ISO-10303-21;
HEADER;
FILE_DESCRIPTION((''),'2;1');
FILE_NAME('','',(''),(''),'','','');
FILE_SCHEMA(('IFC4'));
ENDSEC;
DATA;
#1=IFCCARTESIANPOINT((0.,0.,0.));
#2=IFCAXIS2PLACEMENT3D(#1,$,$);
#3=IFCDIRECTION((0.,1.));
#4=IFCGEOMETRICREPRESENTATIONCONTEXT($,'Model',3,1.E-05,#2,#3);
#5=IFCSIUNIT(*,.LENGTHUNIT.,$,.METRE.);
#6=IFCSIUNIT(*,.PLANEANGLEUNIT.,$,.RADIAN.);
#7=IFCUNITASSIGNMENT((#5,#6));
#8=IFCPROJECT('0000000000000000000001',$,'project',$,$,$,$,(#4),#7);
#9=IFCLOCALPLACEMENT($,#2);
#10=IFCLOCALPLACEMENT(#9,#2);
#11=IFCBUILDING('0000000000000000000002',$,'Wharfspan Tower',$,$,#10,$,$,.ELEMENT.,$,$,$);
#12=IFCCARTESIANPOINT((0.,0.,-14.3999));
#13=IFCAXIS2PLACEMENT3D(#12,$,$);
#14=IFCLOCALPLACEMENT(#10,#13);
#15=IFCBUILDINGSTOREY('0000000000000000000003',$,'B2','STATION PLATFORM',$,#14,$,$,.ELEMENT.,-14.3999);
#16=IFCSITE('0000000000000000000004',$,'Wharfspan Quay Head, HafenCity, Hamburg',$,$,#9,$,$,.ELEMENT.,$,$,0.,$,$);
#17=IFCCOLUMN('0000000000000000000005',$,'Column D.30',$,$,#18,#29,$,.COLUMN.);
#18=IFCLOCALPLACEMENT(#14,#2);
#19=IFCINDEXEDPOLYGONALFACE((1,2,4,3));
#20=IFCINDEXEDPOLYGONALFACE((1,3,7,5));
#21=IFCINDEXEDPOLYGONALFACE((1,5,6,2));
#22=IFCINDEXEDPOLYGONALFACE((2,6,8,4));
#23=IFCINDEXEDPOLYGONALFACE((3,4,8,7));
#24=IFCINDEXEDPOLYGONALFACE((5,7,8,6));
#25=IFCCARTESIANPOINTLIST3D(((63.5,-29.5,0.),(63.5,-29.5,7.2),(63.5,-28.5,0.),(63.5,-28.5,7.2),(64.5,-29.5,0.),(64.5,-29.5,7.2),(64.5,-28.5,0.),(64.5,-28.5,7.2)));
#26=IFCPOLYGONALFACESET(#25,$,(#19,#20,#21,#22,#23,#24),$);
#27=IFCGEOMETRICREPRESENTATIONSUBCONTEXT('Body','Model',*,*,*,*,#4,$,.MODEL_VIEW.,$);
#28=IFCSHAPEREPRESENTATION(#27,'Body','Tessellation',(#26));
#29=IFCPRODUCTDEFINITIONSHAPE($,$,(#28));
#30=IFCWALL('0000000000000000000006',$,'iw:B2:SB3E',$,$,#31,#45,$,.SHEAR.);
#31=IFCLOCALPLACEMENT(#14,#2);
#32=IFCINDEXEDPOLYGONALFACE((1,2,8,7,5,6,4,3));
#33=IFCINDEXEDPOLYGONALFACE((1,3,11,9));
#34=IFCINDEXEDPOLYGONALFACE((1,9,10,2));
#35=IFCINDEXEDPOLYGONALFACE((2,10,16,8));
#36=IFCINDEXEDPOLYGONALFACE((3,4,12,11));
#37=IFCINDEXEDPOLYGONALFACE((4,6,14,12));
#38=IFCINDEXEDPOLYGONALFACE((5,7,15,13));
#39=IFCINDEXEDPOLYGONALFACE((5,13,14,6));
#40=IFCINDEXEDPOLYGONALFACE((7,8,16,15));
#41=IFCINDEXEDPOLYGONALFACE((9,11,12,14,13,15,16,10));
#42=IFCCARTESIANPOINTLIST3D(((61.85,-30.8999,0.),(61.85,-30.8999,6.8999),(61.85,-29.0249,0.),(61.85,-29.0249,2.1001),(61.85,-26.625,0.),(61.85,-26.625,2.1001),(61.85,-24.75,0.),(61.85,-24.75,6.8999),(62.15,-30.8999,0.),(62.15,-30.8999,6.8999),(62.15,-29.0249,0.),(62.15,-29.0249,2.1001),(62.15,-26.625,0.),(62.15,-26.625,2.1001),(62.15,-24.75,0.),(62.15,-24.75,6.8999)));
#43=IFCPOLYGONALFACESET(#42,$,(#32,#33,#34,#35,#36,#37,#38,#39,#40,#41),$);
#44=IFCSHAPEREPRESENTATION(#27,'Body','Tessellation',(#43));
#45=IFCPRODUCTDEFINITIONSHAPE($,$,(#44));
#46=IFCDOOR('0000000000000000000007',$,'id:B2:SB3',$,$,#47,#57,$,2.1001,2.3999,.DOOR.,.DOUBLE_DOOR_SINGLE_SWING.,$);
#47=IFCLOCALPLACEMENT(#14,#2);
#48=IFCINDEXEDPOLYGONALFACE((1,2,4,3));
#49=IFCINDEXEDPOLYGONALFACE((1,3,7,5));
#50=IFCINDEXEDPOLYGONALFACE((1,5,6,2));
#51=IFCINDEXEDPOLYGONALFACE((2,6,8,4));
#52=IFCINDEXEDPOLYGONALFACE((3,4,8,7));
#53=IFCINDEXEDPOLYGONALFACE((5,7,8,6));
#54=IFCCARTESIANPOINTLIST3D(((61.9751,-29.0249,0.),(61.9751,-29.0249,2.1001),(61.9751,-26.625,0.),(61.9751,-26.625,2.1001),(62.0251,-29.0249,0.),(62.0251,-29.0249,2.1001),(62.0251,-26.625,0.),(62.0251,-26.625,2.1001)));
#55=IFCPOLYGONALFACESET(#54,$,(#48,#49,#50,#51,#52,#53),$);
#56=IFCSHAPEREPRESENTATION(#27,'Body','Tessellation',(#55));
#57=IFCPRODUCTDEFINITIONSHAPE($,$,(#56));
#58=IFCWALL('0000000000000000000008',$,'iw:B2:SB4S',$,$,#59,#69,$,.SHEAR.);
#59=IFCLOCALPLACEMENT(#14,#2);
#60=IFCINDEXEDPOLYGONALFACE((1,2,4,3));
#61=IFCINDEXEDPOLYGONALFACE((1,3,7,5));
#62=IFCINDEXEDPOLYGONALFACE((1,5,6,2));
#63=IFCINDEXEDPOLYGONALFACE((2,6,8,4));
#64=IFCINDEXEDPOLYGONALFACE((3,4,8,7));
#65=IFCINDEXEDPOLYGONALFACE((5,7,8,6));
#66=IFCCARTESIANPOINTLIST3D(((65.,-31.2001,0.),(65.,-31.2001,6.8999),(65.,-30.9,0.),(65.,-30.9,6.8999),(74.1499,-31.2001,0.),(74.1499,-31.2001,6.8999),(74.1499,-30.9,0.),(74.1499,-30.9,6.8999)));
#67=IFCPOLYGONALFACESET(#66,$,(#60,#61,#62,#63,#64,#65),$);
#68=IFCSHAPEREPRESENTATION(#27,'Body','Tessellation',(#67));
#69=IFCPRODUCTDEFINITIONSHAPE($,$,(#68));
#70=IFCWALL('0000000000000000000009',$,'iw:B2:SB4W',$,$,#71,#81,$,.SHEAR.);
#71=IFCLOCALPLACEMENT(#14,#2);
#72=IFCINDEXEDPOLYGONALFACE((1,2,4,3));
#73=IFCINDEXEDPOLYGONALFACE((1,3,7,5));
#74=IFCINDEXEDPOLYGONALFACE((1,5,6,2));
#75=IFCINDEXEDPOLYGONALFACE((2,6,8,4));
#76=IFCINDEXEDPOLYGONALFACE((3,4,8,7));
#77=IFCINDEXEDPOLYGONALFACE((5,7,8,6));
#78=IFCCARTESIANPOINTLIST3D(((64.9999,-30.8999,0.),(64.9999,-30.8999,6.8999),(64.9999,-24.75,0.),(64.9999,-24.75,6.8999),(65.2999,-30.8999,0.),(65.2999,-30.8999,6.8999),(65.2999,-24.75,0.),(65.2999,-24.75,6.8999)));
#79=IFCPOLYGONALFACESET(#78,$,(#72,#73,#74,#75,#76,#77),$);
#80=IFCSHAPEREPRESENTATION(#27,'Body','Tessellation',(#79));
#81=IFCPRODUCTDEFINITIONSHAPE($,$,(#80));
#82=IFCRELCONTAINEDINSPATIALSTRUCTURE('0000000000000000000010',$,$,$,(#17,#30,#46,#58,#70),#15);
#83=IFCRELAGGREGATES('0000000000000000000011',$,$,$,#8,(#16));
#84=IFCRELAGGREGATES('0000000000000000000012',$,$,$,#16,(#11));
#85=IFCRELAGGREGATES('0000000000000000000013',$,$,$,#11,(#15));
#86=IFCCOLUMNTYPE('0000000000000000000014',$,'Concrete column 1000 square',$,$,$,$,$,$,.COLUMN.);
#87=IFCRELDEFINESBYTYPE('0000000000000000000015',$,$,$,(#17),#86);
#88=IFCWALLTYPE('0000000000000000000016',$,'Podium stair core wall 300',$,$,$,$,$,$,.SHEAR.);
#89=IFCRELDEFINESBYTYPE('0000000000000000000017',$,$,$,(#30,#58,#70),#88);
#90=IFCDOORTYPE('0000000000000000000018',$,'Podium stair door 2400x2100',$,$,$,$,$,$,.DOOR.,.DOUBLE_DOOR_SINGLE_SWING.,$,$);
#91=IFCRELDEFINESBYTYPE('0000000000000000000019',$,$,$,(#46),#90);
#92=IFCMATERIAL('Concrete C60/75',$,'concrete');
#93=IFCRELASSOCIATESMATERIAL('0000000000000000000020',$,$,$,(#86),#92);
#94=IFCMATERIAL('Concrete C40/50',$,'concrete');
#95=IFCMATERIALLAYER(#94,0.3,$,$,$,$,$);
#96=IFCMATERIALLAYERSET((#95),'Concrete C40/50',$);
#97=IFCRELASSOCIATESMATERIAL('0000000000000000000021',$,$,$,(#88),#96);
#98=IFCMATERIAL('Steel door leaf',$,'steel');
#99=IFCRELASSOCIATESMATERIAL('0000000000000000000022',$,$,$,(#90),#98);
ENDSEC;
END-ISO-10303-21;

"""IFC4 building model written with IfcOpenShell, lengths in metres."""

from ifc_helpers import new_model, si_unit, direction, frame, frame_2d, origin, origin_2d, place, context, subcontext, project, spatial, rectangle, extrude, material, layer, layer_set, material_profile, profile_set, type_object, element, fill, save


model = new_model("IFC4")

# Units and contexts
model_context = context("Model", 3, precision=1e-05, world=origin(), true_north=direction((0.0, 1.0)))
body_context = subcontext(model_context, "Body", "Model", "MODEL_VIEW")
ifc_project = project(units=[si_unit("LENGTHUNIT", "METRE"), si_unit("PLANEANGLEUNIT", "RADIAN")], contexts=[model_context])

# Site, building, storey
site_placement = place(None, origin())
site = spatial("IfcSite", under=ifc_project, at=site_placement, Name="Wharfspan Quay Head, HafenCity, Hamburg", CompositionType="ELEMENT", RefElevation=0.0)
building_placement = place(site_placement, origin())
building = spatial("IfcBuilding", under=site, at=building_placement, Name="Wharfspan Tower", CompositionType="ELEMENT")
storey_placement = place(building_placement, frame((0.0, 0.0, -14.3999)))
storey = spatial("IfcBuildingStorey", under=building, at=storey_placement, Name="B2", Description="STATION PLATFORM", CompositionType="ELEMENT", Elevation=-14.3999)

# Column
ifc_material_1 = material(Name="Concrete C60/75", Category="concrete")
ifc_material_profile = material_profile(ifc_material_1, rectangle(XDim=1.0, YDim=1.0, at=origin_2d()))
ifc_profile_set = profile_set([ifc_material_profile], Name="Concrete C60/75")
column_type = type_object("IfcColumnType", Name="Concrete column 1000 square", PredefinedType="COLUMN", material=ifc_profile_set)
column_placement = place(storey_placement, frame((64.0, -29.0, 0.0), z_axis=(0.0, 0.0, 1.0), x_axis=(1.0, 0.0, 0.0)))
element("IfcColumn", 1, at=column_placement, inside=storey, type_object=column_type, Name="Column D.30", PredefinedType="COLUMN", context=body_context, shape_type="SweptSolid", body=[
    extrude(rectangle(XDim=1.0, YDim=1.0, at=origin_2d()), origin(), (0.0, 0.0, 1.0), 7.2),
])

# Wall, opening, door
ifc_material_2 = material(Name="Concrete C40/50", Category="concrete")
ifc_layer = layer(ifc_material_2, 0.3)
ifc_layer_set = layer_set([ifc_layer], Name="Concrete C40/50")
wall_type = type_object("IfcWallType", Name="Podium stair core wall 300", PredefinedType="SHEAR", material=ifc_layer_set)
wall_1_placement = place(storey_placement, frame((62.0, -30.8999, 0.0), z_axis=(0.0, 0.0, 1.0), x_axis=(0.0, 1.0, 0.0)))
wall_1 = element("IfcWall", 2, at=wall_1_placement, inside=storey, type_object=wall_type, Name="iw:B2:SB3E", PredefinedType="SHEAR", context=body_context, shape_type="SweptSolid", body=[
    extrude(rectangle(XDim=6.1499, YDim=0.3, at=frame_2d((3.075, 0.0))), origin(), (0.0, 0.0, 1.0), 6.8999),
])
opening_placement = place(wall_1_placement, frame((1.875, 0.0, 0.0)))
opening = element("IfcOpeningElement", 3, at=opening_placement, cuts=wall_1, PredefinedType="OPENING", context=body_context, shape_type="SweptSolid", body=[
    extrude(rectangle(XDim=2.3999, YDim=2.1001, at=frame_2d((1.2, 1.05))), frame((0.0, 0.1599, 0.0), z_axis=(0.0, -1.0, 0.0), x_axis=(1.0, 0.0, 0.0)), (0.0, 0.0, 1.0), 0.3201),
])
ifc_material_3 = material(Name="Steel door leaf", Category="steel")
door_type = type_object("IfcDoorType", Name="Podium stair door 2400x2100", OperationType="DOUBLE_DOOR_SINGLE_SWING", PredefinedType="DOOR", material=ifc_material_3)
door_placement = place(opening_placement, origin())
door = element("IfcDoor", 4, at=door_placement, inside=storey, type_object=door_type, Name="id:B2:SB3", OperationType="DOUBLE_DOOR_SINGLE_SWING", OverallHeight=2.1001, OverallWidth=2.3999, PredefinedType="DOOR", context=body_context, shape_type="SweptSolid", body=[
    extrude(rectangle(XDim=2.3999, YDim=2.1001, at=frame_2d((1.2, 1.05))), frame((0.0, 0.0249, 0.0), z_axis=(0.0, -1.0, 0.0), x_axis=(1.0, 0.0, 0.0)), (0.0, 0.0, 1.0), 0.05),
])
fill(opening, door)

# Walls
wall_2_placement = place(storey_placement, frame((65.0, -31.05, 0.0), z_axis=(0.0, 0.0, 1.0), x_axis=(1.0, 0.0, 0.0)))
element("IfcWall", 5, at=wall_2_placement, inside=storey, type_object=wall_type, Name="iw:B2:SB4S", PredefinedType="SHEAR", context=body_context, shape_type="SweptSolid", body=[
    extrude(rectangle(XDim=9.1499, YDim=0.3, at=frame_2d((4.575, 0.0))), origin(), (0.0, 0.0, 1.0), 6.8999),
])
wall_3_placement = place(storey_placement, frame((65.1499, -30.8999, 0.0), z_axis=(0.0, 0.0, 1.0), x_axis=(0.0, 1.0, 0.0)))
element("IfcWall", 6, at=wall_3_placement, inside=storey, type_object=wall_type, Name="iw:B2:SB4W", PredefinedType="SHEAR", context=body_context, shape_type="SweptSolid", body=[
    extrude(rectangle(XDim=6.1499, YDim=0.3, at=frame_2d((3.075, 0.0))), origin(), (0.0, 0.0, 1.0), 6.8999),
])

save(model, "model.ifc")
